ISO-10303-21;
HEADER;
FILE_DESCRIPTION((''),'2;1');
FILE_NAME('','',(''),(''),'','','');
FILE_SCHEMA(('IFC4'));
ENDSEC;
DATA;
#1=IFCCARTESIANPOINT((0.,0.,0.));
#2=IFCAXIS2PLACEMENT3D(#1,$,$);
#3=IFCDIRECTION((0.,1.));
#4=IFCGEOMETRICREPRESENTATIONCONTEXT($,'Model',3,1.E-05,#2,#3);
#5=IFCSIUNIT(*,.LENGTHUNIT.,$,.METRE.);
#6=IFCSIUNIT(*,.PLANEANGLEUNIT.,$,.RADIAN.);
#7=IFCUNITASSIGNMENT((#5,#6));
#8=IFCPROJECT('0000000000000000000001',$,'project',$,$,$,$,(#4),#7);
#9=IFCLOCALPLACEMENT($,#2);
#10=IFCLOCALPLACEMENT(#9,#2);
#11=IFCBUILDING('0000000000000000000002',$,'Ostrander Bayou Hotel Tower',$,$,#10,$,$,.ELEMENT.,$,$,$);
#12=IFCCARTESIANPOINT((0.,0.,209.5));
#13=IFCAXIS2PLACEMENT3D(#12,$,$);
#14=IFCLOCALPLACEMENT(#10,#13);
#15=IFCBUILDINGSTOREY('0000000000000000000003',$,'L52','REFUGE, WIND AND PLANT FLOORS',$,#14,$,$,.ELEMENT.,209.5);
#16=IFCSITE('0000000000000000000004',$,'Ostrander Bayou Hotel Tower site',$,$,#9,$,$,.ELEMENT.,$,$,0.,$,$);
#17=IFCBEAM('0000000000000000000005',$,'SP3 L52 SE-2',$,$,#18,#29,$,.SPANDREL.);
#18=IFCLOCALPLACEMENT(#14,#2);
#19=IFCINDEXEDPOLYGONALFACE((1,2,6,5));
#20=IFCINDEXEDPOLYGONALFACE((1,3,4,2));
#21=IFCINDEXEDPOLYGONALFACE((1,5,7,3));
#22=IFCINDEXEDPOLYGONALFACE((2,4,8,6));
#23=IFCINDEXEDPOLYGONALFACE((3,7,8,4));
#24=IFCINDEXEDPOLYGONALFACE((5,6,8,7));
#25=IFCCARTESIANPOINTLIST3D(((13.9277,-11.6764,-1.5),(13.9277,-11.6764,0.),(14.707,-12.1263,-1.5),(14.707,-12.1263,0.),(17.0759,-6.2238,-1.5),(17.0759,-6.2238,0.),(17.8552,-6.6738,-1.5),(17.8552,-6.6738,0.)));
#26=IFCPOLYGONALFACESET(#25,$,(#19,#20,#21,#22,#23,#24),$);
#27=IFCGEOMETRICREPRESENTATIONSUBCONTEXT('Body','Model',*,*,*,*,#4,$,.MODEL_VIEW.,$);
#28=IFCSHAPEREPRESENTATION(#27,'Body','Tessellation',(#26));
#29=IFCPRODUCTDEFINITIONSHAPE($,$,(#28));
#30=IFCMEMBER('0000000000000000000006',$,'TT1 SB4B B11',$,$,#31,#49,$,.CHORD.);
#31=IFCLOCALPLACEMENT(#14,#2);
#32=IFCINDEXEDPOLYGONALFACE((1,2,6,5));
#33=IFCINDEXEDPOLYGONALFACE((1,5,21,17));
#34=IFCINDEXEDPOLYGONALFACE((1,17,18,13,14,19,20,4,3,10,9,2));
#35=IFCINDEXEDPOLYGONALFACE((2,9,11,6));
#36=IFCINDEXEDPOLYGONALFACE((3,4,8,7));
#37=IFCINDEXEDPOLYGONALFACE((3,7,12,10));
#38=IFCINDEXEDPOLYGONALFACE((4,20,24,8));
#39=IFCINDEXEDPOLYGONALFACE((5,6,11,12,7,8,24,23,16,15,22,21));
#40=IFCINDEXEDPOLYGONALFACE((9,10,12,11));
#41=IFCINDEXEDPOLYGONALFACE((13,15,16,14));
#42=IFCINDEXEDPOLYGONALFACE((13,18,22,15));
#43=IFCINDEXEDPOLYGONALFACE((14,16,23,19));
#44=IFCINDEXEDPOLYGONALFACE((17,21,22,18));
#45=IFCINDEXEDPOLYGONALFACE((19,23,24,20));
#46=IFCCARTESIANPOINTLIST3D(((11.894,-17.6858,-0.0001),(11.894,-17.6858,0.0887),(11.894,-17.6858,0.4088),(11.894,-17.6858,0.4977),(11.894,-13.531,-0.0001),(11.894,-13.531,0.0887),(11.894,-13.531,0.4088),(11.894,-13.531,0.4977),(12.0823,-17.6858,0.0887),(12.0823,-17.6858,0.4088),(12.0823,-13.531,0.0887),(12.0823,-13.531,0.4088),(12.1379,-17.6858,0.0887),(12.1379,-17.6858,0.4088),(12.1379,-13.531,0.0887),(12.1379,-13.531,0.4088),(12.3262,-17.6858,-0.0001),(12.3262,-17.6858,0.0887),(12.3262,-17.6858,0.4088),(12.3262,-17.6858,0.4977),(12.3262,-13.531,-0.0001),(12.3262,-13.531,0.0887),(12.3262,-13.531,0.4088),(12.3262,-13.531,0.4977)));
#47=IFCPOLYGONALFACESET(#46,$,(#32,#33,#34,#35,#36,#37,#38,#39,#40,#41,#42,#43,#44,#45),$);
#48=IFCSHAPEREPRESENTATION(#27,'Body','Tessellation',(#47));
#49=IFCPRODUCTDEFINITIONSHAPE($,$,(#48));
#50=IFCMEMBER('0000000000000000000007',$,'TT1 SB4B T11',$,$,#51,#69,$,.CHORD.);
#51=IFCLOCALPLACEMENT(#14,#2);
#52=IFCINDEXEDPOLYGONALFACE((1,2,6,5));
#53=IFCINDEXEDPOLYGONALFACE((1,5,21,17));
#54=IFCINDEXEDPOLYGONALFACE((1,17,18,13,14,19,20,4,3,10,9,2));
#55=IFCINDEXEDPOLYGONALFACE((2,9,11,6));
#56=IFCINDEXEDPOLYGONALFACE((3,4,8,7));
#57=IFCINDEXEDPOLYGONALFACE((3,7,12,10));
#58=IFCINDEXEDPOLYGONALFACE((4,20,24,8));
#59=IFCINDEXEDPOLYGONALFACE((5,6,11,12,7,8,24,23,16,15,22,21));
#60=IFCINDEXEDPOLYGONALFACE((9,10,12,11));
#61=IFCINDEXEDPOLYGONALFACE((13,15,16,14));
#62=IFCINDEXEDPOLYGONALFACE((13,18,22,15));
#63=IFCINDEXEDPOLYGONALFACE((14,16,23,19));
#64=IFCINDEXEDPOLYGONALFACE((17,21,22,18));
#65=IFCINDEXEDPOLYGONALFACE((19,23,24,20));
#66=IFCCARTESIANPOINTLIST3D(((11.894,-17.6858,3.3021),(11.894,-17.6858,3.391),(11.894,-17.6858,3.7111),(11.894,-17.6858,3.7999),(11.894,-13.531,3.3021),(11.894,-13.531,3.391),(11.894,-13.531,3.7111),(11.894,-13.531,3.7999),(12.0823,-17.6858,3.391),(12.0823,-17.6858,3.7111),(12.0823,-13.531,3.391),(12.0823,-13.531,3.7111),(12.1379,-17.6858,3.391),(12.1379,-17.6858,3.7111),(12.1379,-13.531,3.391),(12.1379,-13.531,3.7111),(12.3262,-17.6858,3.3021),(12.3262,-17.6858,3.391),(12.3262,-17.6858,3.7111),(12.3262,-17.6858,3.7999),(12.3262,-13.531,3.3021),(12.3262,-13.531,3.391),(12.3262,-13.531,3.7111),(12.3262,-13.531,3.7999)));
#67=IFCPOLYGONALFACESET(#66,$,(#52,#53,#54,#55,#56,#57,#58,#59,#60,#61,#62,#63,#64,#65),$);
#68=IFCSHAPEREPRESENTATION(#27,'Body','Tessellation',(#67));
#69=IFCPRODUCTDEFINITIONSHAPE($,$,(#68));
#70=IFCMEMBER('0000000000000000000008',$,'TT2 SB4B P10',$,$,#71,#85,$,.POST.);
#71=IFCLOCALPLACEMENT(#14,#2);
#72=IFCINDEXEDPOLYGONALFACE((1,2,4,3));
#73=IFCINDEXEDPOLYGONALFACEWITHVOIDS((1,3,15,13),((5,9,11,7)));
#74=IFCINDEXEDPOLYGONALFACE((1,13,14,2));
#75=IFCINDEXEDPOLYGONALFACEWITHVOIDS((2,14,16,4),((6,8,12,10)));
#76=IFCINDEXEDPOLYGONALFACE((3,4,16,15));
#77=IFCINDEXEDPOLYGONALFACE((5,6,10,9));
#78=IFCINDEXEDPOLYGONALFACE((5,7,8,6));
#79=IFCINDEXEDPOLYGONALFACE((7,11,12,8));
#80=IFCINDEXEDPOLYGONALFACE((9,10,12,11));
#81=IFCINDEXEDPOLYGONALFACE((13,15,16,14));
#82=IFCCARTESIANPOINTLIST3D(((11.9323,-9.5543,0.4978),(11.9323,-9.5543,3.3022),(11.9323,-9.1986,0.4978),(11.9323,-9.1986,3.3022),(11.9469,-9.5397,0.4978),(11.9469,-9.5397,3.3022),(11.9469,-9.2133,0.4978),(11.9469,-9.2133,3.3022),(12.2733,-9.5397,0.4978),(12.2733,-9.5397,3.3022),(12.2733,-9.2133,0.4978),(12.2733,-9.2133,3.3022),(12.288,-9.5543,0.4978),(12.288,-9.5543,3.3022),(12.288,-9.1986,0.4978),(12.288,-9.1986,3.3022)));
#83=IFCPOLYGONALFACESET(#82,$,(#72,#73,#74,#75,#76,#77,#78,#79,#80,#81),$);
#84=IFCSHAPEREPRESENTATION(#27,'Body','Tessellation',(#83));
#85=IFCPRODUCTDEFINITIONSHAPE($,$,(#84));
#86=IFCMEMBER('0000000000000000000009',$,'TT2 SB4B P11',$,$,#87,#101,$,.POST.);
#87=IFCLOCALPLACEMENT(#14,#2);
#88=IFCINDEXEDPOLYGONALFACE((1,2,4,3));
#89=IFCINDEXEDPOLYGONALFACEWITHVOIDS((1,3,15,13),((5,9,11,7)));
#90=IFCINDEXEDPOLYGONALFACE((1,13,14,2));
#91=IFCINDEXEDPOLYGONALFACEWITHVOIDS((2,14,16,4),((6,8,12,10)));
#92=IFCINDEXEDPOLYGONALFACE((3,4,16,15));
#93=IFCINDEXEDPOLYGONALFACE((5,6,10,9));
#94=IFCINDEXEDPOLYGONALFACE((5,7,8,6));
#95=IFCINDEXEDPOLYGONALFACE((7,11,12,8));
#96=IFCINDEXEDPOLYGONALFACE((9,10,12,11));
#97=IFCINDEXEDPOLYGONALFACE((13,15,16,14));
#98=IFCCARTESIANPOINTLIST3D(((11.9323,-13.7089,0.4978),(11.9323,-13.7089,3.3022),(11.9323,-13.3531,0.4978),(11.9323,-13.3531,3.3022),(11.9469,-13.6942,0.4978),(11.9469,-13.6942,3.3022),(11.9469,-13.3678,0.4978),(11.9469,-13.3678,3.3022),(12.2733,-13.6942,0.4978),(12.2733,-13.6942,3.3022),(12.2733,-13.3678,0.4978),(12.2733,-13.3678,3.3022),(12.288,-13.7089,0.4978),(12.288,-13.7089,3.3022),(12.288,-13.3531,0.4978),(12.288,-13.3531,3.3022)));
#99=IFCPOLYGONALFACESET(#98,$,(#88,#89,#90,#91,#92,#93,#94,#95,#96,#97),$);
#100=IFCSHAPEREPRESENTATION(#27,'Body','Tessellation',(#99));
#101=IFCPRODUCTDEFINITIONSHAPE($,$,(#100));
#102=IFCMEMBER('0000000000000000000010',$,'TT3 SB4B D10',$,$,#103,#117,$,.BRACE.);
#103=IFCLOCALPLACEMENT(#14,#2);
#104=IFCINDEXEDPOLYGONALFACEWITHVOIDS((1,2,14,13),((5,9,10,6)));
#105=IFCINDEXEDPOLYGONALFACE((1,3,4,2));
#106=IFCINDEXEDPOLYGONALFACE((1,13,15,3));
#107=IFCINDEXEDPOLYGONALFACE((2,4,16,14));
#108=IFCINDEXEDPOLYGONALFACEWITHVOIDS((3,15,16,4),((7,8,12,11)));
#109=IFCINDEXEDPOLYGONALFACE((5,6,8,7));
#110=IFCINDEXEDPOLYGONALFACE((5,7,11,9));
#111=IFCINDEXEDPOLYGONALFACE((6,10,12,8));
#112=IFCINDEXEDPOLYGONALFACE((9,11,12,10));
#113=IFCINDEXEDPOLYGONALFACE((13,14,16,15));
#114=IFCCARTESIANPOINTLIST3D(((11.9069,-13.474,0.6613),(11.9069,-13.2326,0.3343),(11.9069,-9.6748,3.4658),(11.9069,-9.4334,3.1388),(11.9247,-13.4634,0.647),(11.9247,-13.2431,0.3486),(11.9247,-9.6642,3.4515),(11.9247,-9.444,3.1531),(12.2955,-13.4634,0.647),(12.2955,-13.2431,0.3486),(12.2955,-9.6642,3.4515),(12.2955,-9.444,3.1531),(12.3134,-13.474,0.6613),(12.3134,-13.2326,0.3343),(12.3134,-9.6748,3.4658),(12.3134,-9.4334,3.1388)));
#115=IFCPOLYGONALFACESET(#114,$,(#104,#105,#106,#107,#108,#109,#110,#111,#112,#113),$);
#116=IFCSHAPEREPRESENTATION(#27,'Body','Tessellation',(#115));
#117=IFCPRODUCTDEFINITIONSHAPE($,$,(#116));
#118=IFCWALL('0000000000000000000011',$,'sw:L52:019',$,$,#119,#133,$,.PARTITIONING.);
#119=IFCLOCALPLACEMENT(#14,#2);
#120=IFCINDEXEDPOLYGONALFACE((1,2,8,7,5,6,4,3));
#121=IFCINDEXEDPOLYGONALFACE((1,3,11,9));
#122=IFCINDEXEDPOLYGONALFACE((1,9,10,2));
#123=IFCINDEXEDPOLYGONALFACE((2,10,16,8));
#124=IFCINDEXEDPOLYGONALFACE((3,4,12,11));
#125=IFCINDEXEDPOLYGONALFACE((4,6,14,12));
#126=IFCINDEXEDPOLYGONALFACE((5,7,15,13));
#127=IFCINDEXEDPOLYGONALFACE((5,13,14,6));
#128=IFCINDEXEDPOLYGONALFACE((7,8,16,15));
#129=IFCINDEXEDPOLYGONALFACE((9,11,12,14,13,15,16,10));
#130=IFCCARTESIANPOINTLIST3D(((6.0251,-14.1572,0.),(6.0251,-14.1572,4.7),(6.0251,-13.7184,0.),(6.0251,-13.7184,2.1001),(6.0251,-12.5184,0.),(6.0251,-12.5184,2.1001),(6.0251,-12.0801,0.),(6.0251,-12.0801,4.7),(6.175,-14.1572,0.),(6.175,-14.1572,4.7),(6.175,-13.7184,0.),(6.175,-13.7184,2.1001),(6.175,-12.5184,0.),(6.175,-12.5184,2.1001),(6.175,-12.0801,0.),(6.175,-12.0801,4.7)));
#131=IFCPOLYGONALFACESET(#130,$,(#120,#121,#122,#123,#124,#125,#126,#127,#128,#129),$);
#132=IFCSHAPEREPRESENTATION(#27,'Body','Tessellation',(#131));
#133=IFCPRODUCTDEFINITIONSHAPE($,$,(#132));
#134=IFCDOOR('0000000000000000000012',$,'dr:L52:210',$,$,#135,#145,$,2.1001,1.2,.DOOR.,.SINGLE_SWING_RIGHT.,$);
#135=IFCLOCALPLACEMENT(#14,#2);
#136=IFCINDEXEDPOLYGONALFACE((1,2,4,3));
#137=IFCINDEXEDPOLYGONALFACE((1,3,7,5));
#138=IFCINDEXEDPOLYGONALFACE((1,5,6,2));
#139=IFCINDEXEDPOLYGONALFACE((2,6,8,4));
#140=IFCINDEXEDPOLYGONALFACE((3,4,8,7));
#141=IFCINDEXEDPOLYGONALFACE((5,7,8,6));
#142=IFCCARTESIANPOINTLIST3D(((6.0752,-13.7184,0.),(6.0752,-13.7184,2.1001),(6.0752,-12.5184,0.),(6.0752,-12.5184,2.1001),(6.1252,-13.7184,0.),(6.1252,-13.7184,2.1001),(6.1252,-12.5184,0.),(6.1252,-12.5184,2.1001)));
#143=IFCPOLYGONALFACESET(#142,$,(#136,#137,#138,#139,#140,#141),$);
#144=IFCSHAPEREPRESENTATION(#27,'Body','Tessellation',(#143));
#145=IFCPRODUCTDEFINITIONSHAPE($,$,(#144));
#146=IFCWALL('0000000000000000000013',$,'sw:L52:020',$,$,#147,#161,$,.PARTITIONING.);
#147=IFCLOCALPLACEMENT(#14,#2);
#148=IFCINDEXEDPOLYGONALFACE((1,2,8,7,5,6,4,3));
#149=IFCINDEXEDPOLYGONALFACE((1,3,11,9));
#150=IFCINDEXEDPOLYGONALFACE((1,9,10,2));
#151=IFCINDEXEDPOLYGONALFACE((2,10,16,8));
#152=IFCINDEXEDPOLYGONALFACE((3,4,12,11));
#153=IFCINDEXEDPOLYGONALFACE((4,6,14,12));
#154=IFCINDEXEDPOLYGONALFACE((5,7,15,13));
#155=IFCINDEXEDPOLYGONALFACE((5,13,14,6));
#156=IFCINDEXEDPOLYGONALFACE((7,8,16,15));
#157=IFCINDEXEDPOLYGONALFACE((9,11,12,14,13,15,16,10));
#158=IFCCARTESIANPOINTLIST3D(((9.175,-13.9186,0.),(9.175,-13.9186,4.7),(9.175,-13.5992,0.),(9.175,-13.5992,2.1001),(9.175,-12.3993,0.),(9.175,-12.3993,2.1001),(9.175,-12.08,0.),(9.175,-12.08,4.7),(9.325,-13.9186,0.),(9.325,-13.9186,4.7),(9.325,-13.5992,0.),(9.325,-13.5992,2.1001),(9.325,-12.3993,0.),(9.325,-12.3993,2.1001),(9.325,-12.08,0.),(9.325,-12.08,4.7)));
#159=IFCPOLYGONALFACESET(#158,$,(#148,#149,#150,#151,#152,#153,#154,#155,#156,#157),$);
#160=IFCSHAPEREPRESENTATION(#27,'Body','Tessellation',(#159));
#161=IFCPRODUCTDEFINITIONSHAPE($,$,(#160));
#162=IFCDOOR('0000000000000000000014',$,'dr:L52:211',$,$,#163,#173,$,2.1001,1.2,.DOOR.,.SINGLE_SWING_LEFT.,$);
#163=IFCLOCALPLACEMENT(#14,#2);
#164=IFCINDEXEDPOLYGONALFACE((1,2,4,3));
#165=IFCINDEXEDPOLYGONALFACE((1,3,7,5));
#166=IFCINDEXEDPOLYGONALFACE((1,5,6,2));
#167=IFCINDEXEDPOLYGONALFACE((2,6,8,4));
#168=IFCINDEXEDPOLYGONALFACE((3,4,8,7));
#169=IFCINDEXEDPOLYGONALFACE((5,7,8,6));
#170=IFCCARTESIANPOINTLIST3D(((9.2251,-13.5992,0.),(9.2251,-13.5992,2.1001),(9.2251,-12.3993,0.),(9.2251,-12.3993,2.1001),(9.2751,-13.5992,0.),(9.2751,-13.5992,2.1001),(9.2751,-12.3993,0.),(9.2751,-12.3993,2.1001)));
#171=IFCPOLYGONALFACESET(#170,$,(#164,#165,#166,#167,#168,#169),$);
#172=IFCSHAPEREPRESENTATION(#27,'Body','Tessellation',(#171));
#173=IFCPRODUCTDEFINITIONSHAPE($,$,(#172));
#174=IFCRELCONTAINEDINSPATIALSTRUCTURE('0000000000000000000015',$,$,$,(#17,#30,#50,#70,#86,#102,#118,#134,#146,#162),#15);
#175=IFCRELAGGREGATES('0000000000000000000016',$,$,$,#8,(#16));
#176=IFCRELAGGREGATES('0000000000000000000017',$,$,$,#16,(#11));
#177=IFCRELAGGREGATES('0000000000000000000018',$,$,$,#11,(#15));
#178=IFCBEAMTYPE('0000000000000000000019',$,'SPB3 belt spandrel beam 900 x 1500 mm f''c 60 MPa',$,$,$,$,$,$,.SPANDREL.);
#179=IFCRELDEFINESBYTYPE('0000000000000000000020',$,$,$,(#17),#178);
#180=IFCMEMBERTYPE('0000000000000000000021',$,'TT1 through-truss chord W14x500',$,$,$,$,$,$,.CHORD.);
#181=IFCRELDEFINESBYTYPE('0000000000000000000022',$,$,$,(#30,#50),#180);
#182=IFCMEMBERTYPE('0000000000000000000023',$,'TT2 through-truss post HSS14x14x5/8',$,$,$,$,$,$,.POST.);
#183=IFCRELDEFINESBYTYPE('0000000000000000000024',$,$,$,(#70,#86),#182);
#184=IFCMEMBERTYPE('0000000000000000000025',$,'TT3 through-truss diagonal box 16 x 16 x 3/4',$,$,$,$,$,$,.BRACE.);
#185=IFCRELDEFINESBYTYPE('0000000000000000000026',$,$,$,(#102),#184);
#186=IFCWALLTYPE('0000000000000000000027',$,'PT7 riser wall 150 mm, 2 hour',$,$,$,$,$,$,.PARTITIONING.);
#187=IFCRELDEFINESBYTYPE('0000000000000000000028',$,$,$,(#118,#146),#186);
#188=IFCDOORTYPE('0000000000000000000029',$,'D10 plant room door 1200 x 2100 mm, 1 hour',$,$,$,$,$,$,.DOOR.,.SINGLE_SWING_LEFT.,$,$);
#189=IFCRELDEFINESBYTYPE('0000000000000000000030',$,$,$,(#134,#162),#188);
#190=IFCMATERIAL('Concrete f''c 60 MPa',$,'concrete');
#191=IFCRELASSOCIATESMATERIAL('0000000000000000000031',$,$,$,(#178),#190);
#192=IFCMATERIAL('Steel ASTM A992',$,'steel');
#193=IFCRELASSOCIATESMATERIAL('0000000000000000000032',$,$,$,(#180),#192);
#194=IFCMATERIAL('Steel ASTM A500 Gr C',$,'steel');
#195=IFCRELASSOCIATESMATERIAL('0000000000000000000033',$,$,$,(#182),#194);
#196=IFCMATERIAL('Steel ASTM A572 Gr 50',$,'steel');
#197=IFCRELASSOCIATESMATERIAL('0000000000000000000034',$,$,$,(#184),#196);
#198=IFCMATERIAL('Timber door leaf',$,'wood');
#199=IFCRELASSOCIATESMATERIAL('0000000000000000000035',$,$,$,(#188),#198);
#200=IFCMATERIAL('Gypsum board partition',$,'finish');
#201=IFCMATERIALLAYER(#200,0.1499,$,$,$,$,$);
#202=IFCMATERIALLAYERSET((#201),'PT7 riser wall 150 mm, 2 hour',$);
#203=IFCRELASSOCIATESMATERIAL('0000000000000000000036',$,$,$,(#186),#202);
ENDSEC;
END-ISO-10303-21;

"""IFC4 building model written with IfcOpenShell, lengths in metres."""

from ifc_helpers import new_model, si_unit, direction, frame, frame_2d, origin, origin_2d, place, context, subcontext, project, spatial, rectangle, hollow_rectangle, i_section, extrude, material, layer, layer_set, material_profile, profile_set, type_object, element, fill, save


model = new_model("IFC4")

# Units and contexts
model_context = context("Model", 3, precision=1e-05, world=origin(), true_north=direction((0.0, 1.0)))
body_context = subcontext(model_context, "Body", "Model", "MODEL_VIEW")
ifc_project = project(units=[si_unit("LENGTHUNIT", "METRE"), si_unit("PLANEANGLEUNIT", "RADIAN")], contexts=[model_context])

# Site, building, storey
site_placement = place(None, origin())
site = spatial("IfcSite", under=ifc_project, at=site_placement, Name="Ostrander Bayou Hotel Tower site", CompositionType="ELEMENT", RefElevation=0.0)
building_placement = place(site_placement, origin())
building = spatial("IfcBuilding", under=site, at=building_placement, Name="Ostrander Bayou Hotel Tower", CompositionType="ELEMENT")
storey_placement = place(building_placement, frame((0.0, 0.0, 209.5)))
storey = spatial("IfcBuildingStorey", under=building, at=storey_placement, Name="L52", Description="REFUGE, WIND AND PLANT FLOORS", CompositionType="ELEMENT", Elevation=209.5)

# Beam
ifc_material_1 = material(Name="Concrete f'c 60 MPa", Category="concrete")
ifc_material_profile_1 = material_profile(ifc_material_1, rectangle(XDim=0.8999, YDim=1.5, at=origin_2d()))
ifc_profile_set_1 = profile_set([ifc_material_profile_1], Name="Concrete f'c 60 MPa")
beam_type_1 = type_object("IfcBeamType", Name="SPB3 belt spandrel beam 900 x 1500 mm f'c 60 MPa", PredefinedType="SPANDREL", material=ifc_profile_set_1)
beam_1_placement = place(storey_placement, frame((14.3174, -11.9014, -0.75), z_axis=(0.500013, 0.866018, 0.0), x_axis=(-0.866018, 0.500013, 0.0)))
element("IfcBeam", 1, at=beam_1_placement, inside=storey, type_object=beam_type_1, Name="SP3 L52 SE-2", PredefinedType="SPANDREL", context=body_context, shape_type="SweptSolid", body=[
    extrude(rectangle(XDim=0.8999, YDim=1.5, at=origin_2d()), origin(), (0.0, 0.0, 1.0), 6.2961),
])

# Members
ifc_material_2 = material(Name="Steel ASTM A992", Category="steel")
ifc_material_profile_2 = material_profile(ifc_material_2, i_section(OverallWidth=0.4321, OverallDepth=0.4978, WebThickness=0.0557, FlangeThickness=0.0889, at=origin_2d()))
ifc_profile_set_2 = profile_set([ifc_material_profile_2], Name="Steel ASTM A992")
member_type_1 = type_object("IfcMemberType", Name="TT1 through-truss chord W14x500", PredefinedType="CHORD", material=ifc_profile_set_2)
for number, where, z_axis, x_axis, name in (
    (2, (12.1101, -13.531, 0.2488), (0.0, -1.0, 0.0), (1.0, 0.0, 0.0), "TT1 SB4B B11"),
    (3, (12.1101, -13.531, 3.551), (0.0, -1.0, 0.0), (1.0, 0.0, 0.0), "TT1 SB4B T11"),
):
    element("IfcMember", number, at=place(storey_placement, frame(where, z_axis=z_axis, x_axis=x_axis)), inside=storey, type_object=member_type_1, Name=name, PredefinedType="CHORD", context=body_context, shape_type="SweptSolid", body=[
        extrude(i_section(OverallWidth=0.4321, OverallDepth=0.4978, WebThickness=0.0557, FlangeThickness=0.0889, at=origin_2d()), origin(), (0.0, 0.0, 1.0), 4.1548),
    ])
ifc_material_3 = material(Name="Steel ASTM A500 Gr C", Category="steel")
ifc_material_profile_3 = material_profile(ifc_material_3, hollow_rectangle(XDim=0.3557, YDim=0.3557, WallThickness=0.0146, at=origin_2d()))
ifc_profile_set_3 = profile_set([ifc_material_profile_3], Name="Steel ASTM A500 Gr C")
member_type_2 = type_object("IfcMemberType", Name="TT2 through-truss post HSS14x14x5/8", PredefinedType="POST", material=ifc_profile_set_3)
for number, where, z_axis, x_axis, name in (
    (4, (12.1101, -9.3765, 0.4978), (0.0, 0.0, 1.0), (1.0, 0.0, 0.0), "TT2 SB4B P10"),
    (5, (12.1101, -13.531, 0.4978), (0.0, 0.0, 1.0), (1.0, 0.0, 0.0), "TT2 SB4B P11"),
):
    element("IfcMember", number, at=place(storey_placement, frame(where, z_axis=z_axis, x_axis=x_axis)), inside=storey, type_object=member_type_2, Name=name, PredefinedType="POST", context=body_context, shape_type="SweptSolid", body=[
        extrude(hollow_rectangle(XDim=0.3557, YDim=0.3557, WallThickness=0.0146, at=origin_2d()), origin(), (0.0, 0.0, 1.0), 2.8044),
    ])
ifc_material_4 = material(Name="Steel ASTM A572 Gr 50", Category="steel")
ifc_material_profile_4 = material_profile(ifc_material_4, hollow_rectangle(XDim=0.4065, YDim=0.4065, WallThickness=0.0178, at=origin_2d()))
ifc_profile_set_4 = profile_set([ifc_material_profile_4], Name="Steel ASTM A572 Gr 50")
member_type_3 = type_object("IfcMemberType", Name="TT3 through-truss diagonal box 16 x 16 x 3/4", PredefinedType="BRACE", material=ifc_profile_set_4)
member_1_placement = place(storey_placement, frame((12.1101, -13.3533, 0.4978), z_axis=(0.0, 0.804537, 0.593902), x_axis=(-1.0, 0.0, 0.0)))
element("IfcMember", 6, at=member_1_placement, inside=storey, type_object=member_type_3, Name="TT3 SB4B D10", PredefinedType="BRACE", context=body_context, shape_type="SweptSolid", body=[
    extrude(hollow_rectangle(XDim=0.4065, YDim=0.4065, WallThickness=0.0178, at=origin_2d()), origin(), (0.0, 0.0, 1.0), 4.7222),
])

# Walls, openings, doors
ifc_material_5 = material(Name="Timber door leaf", Category="wood")
door_type = type_object("IfcDoorType", Name="D10 plant room door 1200 x 2100 mm, 1 hour", OperationType="SINGLE_SWING_LEFT", PredefinedType="DOOR", material=ifc_material_5)
ifc_material_6 = material(Name="Gypsum board partition", Category="finish")
ifc_layer_1 = layer(ifc_material_6, 0.1499)
ifc_layer_set_1 = layer_set([ifc_layer_1], Name="PT7 riser wall 150 mm, 2 hour")
wall_type_1 = type_object("IfcWallType", Name="PT7 riser wall 150 mm, 2 hour", PredefinedType="PARTITIONING", material=ifc_layer_set_1)
wall_1_placement = place(storey_placement, frame((6.1001, -14.1572, 0.0), z_axis=(0.0, 0.0, 1.0), x_axis=(0.0, 1.0, 0.0)))
wall_1 = element("IfcWall", 7, at=wall_1_placement, inside=storey, type_object=wall_type_1, Name="sw:L52:019", PredefinedType="PARTITIONING", context=body_context, shape_type="SweptSolid", body=[
    extrude(rectangle(XDim=2.0771, YDim=0.1499, at=frame_2d((1.0386, 0.0))), origin(), (0.0, 0.0, 1.0), 4.7),
])
opening_1_placement = place(wall_1_placement, frame((0.4387, 0.0, 0.0)))
opening_1 = element("IfcOpeningElement", 8, at=opening_1_placement, cuts=wall_1, PredefinedType="OPENING", context=body_context, shape_type="SweptSolid", body=[
    extrude(rectangle(XDim=1.2, YDim=2.1001, at=frame_2d((0.6001, 1.05))), frame((0.0, 0.075, 0.0), z_axis=(0.0, -1.0, 0.0), x_axis=(1.0, 0.0, 0.0)), (0.0, 0.0, 1.0), 0.1499),
])
door_1_placement = place(opening_1_placement, origin())
door_1 = element("IfcDoor", 9, at=door_1_placement, inside=storey, type_object=door_type, Name="dr:L52:210", OperationType="SINGLE_SWING_RIGHT", OverallHeight=2.1001, OverallWidth=1.2, PredefinedType="DOOR", context=body_context, shape_type="SweptSolid", body=[
    extrude(rectangle(XDim=1.2, YDim=2.1001, at=frame_2d((0.6001, 1.05))), frame((0.0, 0.0249, 0.0), z_axis=(0.0, -1.0, 0.0), x_axis=(1.0, 0.0, 0.0)), (0.0, 0.0, 1.0), 0.05),
])
fill(opening_1, door_1)
wall_2_placement = place(storey_placement, frame((9.25, -13.9187, 0.0), z_axis=(0.0, 0.0, 1.0), x_axis=(0.0, 1.0, 0.0)))
wall_2 = element("IfcWall", 10, at=wall_2_placement, inside=storey, type_object=wall_type_1, Name="sw:L52:020", PredefinedType="PARTITIONING", context=body_context, shape_type="SweptSolid", body=[
    extrude(rectangle(XDim=1.8386, YDim=0.1499, at=frame_2d((0.9194, 0.0))), origin(), (0.0, 0.0, 1.0), 4.7),
])
opening_2_placement = place(wall_2_placement, frame((0.3193, 0.0, 0.0)))
opening_2 = element("IfcOpeningElement", 11, at=opening_2_placement, cuts=wall_2, PredefinedType="OPENING", context=body_context, shape_type="SweptSolid", body=[
    extrude(rectangle(XDim=1.2, YDim=2.1001, at=frame_2d((0.6001, 1.05))), frame((0.0, 0.075, 0.0), z_axis=(0.0, -1.0, 0.0), x_axis=(1.0, 0.0, 0.0)), (0.0, 0.0, 1.0), 0.1499),
])
door_2_placement = place(opening_2_placement, origin())
door_2 = element("IfcDoor", 12, at=door_2_placement, inside=storey, type_object=door_type, Name="dr:L52:211", OperationType="SINGLE_SWING_LEFT", OverallHeight=2.1001, OverallWidth=1.2, PredefinedType="DOOR", context=body_context, shape_type="SweptSolid", body=[
    extrude(rectangle(XDim=1.2, YDim=2.1001, at=frame_2d((0.6001, 1.05))), frame((0.0, 0.0249, 0.0), z_axis=(0.0, -1.0, 0.0), x_axis=(1.0, 0.0, 0.0)), (0.0, 0.0, 1.0), 0.05),
])
fill(opening_2, door_2)

save(model, "model.ifc")
